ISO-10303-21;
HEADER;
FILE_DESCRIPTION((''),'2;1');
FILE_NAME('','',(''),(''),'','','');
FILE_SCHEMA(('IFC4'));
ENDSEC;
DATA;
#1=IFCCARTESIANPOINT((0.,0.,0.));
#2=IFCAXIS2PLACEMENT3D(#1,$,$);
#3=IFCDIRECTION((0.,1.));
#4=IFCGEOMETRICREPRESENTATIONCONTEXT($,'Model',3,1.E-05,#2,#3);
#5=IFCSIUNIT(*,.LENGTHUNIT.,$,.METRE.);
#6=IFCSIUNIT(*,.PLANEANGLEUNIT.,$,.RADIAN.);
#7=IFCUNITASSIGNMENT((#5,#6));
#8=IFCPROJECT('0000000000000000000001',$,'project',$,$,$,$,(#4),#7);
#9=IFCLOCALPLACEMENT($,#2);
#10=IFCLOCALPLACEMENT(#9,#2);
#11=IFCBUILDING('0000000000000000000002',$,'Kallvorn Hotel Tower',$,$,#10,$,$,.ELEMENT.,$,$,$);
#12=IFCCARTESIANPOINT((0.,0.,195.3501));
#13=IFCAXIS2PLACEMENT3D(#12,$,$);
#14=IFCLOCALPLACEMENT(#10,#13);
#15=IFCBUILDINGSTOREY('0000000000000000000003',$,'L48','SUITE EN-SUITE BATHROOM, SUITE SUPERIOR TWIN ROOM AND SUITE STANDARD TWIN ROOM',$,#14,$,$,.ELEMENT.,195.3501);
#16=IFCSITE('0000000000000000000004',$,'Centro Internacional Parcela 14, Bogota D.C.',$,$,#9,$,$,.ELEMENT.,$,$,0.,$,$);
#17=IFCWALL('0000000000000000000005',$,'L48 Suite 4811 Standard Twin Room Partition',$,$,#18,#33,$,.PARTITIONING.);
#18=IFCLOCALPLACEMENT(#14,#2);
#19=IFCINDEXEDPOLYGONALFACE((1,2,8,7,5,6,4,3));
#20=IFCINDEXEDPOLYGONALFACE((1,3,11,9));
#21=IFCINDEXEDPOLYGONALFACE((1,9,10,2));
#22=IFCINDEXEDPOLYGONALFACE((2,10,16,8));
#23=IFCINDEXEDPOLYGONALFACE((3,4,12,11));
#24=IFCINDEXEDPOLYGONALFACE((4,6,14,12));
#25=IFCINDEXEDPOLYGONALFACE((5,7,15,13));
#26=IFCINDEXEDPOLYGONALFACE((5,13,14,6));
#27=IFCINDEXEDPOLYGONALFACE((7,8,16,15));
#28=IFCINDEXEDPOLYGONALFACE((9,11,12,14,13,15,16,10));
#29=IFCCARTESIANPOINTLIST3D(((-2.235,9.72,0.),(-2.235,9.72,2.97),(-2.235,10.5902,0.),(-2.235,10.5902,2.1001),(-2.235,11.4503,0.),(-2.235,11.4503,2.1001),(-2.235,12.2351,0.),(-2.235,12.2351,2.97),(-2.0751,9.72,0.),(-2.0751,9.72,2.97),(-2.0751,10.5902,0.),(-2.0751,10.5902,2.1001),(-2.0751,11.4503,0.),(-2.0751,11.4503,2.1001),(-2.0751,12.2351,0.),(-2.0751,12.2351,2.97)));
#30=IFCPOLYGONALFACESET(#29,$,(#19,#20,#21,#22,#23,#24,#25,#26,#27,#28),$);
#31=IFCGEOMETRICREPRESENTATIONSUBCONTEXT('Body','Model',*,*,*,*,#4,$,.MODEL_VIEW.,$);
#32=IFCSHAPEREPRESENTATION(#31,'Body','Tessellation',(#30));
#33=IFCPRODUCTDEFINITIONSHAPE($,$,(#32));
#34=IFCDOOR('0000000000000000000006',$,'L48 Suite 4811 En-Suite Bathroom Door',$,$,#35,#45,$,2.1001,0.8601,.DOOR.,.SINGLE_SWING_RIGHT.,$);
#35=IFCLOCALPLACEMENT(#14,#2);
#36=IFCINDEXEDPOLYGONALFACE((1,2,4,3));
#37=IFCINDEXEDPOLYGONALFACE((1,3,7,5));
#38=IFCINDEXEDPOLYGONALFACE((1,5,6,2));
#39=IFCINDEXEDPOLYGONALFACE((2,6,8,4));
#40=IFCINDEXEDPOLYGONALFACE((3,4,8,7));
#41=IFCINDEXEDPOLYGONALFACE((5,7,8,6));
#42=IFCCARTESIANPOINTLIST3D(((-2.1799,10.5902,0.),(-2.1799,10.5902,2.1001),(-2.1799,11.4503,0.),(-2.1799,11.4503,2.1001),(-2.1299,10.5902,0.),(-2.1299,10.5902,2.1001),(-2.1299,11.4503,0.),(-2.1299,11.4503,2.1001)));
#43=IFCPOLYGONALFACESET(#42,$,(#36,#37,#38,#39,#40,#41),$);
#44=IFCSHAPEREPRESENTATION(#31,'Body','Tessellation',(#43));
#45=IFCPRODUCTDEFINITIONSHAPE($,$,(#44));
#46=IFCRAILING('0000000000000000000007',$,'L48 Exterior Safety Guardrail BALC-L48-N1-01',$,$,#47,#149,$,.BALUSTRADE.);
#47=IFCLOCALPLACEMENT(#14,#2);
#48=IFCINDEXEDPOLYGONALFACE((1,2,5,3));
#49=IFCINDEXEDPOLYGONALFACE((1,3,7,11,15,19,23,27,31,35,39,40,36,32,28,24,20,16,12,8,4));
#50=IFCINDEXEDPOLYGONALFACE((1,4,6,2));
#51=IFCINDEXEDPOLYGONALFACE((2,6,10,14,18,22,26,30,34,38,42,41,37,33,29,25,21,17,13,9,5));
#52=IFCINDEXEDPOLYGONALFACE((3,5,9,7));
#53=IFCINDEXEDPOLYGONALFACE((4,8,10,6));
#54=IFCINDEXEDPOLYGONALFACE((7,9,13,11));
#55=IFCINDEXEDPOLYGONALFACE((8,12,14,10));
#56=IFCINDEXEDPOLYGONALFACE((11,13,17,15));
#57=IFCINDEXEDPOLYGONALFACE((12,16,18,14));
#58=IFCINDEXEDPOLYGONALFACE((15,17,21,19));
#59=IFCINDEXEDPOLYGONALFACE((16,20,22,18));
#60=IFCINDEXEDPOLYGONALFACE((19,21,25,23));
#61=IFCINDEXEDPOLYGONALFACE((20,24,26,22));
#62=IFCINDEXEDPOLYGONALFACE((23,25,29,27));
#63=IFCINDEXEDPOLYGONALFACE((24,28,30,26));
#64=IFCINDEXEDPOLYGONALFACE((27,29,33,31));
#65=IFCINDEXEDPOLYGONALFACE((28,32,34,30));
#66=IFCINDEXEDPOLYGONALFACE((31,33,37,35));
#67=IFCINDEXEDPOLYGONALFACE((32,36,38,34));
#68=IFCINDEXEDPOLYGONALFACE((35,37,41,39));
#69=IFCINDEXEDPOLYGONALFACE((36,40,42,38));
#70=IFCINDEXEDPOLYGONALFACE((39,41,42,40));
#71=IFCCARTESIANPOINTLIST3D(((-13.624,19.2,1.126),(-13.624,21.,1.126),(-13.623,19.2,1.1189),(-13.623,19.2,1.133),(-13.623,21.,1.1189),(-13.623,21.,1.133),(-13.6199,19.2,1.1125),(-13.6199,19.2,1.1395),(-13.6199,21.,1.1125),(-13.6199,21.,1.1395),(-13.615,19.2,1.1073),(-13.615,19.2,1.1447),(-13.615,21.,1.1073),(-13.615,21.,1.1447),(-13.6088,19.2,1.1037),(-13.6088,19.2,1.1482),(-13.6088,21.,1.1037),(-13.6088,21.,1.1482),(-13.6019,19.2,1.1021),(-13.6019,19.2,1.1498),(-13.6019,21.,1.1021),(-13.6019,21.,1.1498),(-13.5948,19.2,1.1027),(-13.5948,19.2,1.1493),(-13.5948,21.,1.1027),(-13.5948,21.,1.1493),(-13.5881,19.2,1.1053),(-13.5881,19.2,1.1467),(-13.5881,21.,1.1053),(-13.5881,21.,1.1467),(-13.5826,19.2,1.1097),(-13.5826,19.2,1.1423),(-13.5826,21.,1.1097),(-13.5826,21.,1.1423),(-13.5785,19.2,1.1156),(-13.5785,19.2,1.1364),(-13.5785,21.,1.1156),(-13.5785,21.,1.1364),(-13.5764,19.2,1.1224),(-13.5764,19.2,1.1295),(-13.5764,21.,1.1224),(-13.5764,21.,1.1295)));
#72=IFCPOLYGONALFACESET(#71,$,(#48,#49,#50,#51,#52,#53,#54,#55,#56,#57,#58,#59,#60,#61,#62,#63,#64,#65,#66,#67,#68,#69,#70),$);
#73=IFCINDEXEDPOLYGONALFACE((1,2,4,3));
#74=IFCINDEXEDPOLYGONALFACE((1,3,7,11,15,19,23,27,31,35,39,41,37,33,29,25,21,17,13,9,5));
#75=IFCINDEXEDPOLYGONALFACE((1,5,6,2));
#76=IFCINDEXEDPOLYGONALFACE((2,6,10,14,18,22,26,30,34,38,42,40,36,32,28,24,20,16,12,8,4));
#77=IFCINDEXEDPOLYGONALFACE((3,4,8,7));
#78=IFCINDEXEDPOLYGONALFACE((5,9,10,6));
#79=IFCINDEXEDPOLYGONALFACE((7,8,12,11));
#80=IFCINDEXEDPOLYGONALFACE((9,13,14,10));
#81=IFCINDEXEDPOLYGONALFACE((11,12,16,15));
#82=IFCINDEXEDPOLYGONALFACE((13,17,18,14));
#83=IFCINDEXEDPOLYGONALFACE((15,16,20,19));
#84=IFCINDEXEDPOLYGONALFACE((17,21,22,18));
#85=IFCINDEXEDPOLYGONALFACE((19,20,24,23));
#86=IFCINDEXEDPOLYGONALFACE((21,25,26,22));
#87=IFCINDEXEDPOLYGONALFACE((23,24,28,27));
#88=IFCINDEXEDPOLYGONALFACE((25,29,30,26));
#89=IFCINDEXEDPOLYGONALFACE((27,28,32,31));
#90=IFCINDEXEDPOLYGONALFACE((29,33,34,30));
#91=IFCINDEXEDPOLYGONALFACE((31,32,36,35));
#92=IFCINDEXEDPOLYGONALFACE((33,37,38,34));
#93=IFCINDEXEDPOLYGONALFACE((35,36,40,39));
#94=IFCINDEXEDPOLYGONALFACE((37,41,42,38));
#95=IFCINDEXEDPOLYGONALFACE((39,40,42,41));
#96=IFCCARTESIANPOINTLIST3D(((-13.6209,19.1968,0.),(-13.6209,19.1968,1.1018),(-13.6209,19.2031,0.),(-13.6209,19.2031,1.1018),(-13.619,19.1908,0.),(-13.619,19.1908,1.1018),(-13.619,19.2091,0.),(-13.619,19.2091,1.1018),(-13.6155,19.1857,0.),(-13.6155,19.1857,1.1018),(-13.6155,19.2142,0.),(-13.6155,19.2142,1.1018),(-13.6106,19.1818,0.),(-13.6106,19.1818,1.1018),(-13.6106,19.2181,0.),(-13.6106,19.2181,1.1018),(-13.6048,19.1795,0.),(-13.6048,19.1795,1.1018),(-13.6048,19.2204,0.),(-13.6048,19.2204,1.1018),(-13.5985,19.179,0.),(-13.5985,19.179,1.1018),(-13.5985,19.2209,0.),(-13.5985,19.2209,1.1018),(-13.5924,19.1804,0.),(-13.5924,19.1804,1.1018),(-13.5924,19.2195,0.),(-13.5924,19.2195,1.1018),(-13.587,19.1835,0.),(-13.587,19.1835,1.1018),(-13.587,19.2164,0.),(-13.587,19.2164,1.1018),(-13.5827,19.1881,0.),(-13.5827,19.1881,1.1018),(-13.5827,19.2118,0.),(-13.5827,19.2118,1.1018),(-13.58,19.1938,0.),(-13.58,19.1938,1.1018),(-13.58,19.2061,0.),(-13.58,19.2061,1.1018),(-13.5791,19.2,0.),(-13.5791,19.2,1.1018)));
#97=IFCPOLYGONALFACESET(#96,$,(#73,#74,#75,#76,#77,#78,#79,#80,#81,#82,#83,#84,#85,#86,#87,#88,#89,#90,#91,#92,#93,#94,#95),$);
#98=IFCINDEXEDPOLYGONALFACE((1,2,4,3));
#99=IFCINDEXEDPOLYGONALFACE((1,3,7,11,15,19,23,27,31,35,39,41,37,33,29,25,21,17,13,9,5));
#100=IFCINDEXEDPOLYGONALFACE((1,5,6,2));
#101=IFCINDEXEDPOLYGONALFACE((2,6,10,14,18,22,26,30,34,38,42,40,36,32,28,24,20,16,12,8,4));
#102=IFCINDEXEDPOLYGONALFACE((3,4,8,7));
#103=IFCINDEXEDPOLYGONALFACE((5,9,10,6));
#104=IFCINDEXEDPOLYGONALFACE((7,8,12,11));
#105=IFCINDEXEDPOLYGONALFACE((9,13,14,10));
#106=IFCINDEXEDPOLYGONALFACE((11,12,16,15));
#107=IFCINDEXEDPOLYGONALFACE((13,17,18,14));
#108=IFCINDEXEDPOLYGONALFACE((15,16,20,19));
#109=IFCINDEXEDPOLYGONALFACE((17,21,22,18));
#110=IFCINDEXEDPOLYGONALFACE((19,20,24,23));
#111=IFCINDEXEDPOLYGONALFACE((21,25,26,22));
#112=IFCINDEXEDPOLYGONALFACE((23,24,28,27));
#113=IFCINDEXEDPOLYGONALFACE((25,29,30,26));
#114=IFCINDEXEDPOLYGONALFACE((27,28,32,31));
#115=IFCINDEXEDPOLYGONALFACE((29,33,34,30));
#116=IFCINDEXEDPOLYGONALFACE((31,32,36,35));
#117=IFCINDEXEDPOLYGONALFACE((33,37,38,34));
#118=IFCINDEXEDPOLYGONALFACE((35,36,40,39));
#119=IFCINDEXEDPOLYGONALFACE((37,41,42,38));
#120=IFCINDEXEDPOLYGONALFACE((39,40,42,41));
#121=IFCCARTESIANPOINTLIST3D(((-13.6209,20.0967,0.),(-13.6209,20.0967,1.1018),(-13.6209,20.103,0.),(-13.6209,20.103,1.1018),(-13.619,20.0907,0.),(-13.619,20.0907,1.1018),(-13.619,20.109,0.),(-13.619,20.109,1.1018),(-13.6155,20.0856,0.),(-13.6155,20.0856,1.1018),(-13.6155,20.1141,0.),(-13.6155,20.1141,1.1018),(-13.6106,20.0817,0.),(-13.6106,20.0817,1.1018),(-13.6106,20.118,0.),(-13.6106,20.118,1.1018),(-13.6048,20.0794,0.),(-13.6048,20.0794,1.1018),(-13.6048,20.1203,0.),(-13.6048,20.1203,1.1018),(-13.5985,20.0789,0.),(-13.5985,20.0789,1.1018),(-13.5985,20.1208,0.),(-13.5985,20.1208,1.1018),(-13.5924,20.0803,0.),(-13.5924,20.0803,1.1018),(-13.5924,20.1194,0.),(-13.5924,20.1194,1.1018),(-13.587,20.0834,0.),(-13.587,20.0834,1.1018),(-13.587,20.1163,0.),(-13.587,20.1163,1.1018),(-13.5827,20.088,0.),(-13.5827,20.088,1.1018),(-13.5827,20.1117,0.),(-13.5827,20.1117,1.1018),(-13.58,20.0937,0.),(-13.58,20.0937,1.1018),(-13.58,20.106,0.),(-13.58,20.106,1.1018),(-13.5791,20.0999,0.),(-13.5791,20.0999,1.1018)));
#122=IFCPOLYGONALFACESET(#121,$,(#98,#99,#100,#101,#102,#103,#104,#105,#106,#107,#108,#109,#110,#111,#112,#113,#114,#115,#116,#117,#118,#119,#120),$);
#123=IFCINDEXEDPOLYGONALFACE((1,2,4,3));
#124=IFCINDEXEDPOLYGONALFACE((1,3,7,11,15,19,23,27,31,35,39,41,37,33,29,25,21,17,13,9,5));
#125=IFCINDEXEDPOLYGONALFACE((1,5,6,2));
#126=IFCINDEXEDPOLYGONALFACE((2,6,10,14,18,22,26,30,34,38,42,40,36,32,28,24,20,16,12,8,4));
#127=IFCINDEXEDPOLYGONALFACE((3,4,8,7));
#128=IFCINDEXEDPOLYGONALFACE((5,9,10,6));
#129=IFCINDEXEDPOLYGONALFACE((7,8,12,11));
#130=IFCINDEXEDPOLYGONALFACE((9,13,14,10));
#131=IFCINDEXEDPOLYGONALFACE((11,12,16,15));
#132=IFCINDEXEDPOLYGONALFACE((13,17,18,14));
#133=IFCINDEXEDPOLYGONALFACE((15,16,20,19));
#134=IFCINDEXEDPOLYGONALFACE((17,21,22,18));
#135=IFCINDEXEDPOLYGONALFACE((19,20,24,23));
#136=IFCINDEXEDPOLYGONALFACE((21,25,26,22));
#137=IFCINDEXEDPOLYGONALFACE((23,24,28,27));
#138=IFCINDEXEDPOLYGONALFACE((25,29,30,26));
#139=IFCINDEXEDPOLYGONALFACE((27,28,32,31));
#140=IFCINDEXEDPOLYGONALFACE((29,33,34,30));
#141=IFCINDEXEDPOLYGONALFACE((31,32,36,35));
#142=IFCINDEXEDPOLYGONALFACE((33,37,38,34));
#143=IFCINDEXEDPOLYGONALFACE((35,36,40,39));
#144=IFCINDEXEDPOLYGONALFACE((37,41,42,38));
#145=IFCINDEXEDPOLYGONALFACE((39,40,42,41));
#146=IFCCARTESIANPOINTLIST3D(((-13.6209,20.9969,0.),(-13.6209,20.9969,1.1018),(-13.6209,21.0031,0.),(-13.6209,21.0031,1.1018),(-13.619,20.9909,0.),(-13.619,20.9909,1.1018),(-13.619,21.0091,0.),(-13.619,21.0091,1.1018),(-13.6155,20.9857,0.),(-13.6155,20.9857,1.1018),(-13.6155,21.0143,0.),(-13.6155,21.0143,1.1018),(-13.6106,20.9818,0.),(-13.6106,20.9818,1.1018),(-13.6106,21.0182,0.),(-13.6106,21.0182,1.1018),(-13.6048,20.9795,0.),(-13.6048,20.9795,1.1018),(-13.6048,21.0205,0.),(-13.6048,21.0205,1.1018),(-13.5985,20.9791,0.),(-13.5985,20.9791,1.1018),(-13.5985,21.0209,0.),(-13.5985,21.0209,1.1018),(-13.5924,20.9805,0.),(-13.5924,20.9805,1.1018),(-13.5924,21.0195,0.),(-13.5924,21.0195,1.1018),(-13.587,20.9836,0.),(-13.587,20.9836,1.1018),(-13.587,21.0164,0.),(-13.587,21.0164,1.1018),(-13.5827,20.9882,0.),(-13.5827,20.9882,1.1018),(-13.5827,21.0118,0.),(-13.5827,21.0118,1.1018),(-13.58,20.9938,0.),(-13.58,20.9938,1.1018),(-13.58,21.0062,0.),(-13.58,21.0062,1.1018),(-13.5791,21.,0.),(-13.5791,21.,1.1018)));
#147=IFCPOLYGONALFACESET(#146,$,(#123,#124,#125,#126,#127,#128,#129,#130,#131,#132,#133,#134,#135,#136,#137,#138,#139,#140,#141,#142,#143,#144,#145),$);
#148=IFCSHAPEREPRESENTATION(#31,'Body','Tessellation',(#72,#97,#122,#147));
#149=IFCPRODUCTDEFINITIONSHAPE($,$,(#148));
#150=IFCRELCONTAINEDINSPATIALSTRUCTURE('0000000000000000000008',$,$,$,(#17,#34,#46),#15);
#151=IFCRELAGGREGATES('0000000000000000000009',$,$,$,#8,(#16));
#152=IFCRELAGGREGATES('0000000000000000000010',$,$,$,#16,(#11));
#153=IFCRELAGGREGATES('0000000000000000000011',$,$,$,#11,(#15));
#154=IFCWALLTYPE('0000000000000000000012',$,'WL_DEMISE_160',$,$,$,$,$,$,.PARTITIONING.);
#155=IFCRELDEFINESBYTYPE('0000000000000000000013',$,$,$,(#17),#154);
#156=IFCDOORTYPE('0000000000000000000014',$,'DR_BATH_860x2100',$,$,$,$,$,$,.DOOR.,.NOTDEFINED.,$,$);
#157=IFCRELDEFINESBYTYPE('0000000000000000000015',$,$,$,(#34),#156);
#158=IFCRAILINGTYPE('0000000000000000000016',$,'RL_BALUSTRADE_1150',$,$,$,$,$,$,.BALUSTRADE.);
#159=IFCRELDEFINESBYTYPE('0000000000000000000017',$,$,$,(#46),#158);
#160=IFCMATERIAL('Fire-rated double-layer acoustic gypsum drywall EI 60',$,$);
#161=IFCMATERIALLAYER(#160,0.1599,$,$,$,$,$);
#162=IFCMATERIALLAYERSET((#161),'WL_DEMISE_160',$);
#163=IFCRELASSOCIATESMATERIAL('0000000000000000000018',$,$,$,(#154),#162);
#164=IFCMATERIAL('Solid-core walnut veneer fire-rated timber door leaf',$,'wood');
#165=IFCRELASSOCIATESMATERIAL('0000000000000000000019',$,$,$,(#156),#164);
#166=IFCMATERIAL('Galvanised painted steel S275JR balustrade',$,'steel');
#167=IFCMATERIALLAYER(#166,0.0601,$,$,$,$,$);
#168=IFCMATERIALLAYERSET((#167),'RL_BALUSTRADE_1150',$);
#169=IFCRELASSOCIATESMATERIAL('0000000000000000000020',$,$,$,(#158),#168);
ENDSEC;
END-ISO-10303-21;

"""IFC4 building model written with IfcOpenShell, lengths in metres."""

from ifc_helpers import new_model, si_unit, direction, frame, frame_2d, origin, origin_2d, place, context, subcontext, project, spatial, rectangle, circle, extrude, material, layer, layer_set, type_object, element, fill, save


model = new_model("IFC4")

# Units and contexts
model_context = context("Model", 3, precision=1e-05, world=origin(), true_north=direction((0.0, 1.0)))
body_context = subcontext(model_context, "Body", "Model", "MODEL_VIEW")
ifc_project = project(units=[si_unit("LENGTHUNIT", "METRE"), si_unit("PLANEANGLEUNIT", "RADIAN")], contexts=[model_context])

# Site, building, storey
site_placement = place(None, origin())
site = spatial("IfcSite", under=ifc_project, at=site_placement, Name="Centro Internacional Parcela 14, Bogota D.C.", CompositionType="ELEMENT", RefElevation=0.0)
building_placement = place(site_placement, origin())
building = spatial("IfcBuilding", under=site, at=building_placement, Name="Kallvorn Hotel Tower", CompositionType="ELEMENT")
storey_placement = place(building_placement, frame((0.0, 0.0, 195.3501)))
storey = spatial("IfcBuildingStorey", under=building, at=storey_placement, Name="L48", Description="SUITE EN-SUITE BATHROOM, SUITE SUPERIOR TWIN ROOM AND SUITE STANDARD TWIN ROOM", CompositionType="ELEMENT", Elevation=195.3501)

# Shared definitions
ifc_material_1 = material(Name="Fire-rated double-layer acoustic gypsum drywall EI 60")
ifc_layer_1 = layer(ifc_material_1, 0.1599)
ifc_layer_set_1 = layer_set([ifc_layer_1], Name="WL_DEMISE_160")
wall_type = type_object("IfcWallType", Name="WL_DEMISE_160", PredefinedType="PARTITIONING", material=ifc_layer_set_1)

# Shared definitions
ifc_material_2 = material(Name="Solid-core walnut veneer fire-rated timber door leaf", Category="wood")
door_type = type_object("IfcDoorType", Name="DR_BATH_860x2100", OperationType="NOTDEFINED", PredefinedType="DOOR", material=ifc_material_2)

# Wall, opening, door
wall_1_placement = place(storey_placement, frame((-2.155, 9.72, 0.0), z_axis=(0.0, 0.0, 1.0), x_axis=(0.0, 1.0, 0.0)))
wall_1 = element("IfcWall", 1, at=wall_1_placement, inside=storey, type_object=wall_type, Name="L48 Suite 4811 Standard Twin Room Partition", PredefinedType="PARTITIONING", context=body_context, shape_type="SweptSolid", body=[
    extrude(rectangle(XDim=2.5151, YDim=0.1599, at=frame_2d((1.2576, 0.0))), origin(), (0.0, 0.0, 1.0), 2.97),
])
opening_1_placement = place(wall_1_placement, frame((0.8701, 0.0, 0.0)))
opening_1 = element("IfcOpeningElement", 2, at=opening_1_placement, cuts=wall_1, PredefinedType="OPENING", context=body_context, shape_type="SweptSolid", body=[
    extrude(rectangle(XDim=0.8601, YDim=2.1001, at=frame_2d((0.4302, 1.05))), frame((0.0, 0.095, 0.0), z_axis=(0.0, -1.0, 0.0), x_axis=(1.0, 0.0, 0.0)), (0.0, 0.0, 1.0), 0.1899),
])
door_1_placement = place(opening_1_placement, origin())
door_1 = element("IfcDoor", 3, at=door_1_placement, inside=storey, type_object=door_type, Name="L48 Suite 4811 En-Suite Bathroom Door", OperationType="SINGLE_SWING_RIGHT", OverallHeight=2.1001, OverallWidth=0.8601, PredefinedType="DOOR", context=body_context, shape_type="SweptSolid", body=[
    extrude(rectangle(XDim=0.8601, YDim=2.1001, at=frame_2d((0.4302, 1.05))), frame((0.0, 0.0249, 0.0), z_axis=(0.0, -1.0, 0.0), x_axis=(1.0, 0.0, 0.0)), (0.0, 0.0, 1.0), 0.05),
])
fill(opening_1, door_1)

# Railing
ifc_material_3 = material(Name="Galvanised painted steel S275JR balustrade", Category="steel")
ifc_layer_2 = layer(ifc_material_3, 0.0601)
ifc_layer_set_2 = layer_set([ifc_layer_2], Name="RL_BALUSTRADE_1150")
railing_type = type_object("IfcRailingType", Name="RL_BALUSTRADE_1150", PredefinedType="BALUSTRADE", material=ifc_layer_set_2)
railing_1_placement = place(storey_placement, frame((-13.6001, 19.2, 0.0)))
element("IfcRailing", 4, at=railing_1_placement, inside=storey, type_object=railing_type, Name="L48 Exterior Safety Guardrail BALC-L48-N1-01", PredefinedType="BALUSTRADE", context=body_context, shape_type="SweptSolid", body=[
    extrude(circle(Radius=0.0239, at=origin_2d()), frame((0.0, 0.0, 1.126), z_axis=(0.0, 1.0, 0.0), x_axis=(-1.0, 0.0, 0.0)), (0.0, 0.0, 1.0), 1.8),
    extrude(circle(Radius=0.021, at=origin_2d()), origin(), (0.0, 0.0, 1.0), 1.1018),
    extrude(circle(Radius=0.021, at=origin_2d()), frame((0.0, 0.8999, 0.0)), (0.0, 0.0, 1.0), 1.1018),
    extrude(circle(Radius=0.021, at=origin_2d()), frame((0.0, 1.8, 0.0)), (0.0, 0.0, 1.0), 1.1018),
])

save(model, "model.ifc")
